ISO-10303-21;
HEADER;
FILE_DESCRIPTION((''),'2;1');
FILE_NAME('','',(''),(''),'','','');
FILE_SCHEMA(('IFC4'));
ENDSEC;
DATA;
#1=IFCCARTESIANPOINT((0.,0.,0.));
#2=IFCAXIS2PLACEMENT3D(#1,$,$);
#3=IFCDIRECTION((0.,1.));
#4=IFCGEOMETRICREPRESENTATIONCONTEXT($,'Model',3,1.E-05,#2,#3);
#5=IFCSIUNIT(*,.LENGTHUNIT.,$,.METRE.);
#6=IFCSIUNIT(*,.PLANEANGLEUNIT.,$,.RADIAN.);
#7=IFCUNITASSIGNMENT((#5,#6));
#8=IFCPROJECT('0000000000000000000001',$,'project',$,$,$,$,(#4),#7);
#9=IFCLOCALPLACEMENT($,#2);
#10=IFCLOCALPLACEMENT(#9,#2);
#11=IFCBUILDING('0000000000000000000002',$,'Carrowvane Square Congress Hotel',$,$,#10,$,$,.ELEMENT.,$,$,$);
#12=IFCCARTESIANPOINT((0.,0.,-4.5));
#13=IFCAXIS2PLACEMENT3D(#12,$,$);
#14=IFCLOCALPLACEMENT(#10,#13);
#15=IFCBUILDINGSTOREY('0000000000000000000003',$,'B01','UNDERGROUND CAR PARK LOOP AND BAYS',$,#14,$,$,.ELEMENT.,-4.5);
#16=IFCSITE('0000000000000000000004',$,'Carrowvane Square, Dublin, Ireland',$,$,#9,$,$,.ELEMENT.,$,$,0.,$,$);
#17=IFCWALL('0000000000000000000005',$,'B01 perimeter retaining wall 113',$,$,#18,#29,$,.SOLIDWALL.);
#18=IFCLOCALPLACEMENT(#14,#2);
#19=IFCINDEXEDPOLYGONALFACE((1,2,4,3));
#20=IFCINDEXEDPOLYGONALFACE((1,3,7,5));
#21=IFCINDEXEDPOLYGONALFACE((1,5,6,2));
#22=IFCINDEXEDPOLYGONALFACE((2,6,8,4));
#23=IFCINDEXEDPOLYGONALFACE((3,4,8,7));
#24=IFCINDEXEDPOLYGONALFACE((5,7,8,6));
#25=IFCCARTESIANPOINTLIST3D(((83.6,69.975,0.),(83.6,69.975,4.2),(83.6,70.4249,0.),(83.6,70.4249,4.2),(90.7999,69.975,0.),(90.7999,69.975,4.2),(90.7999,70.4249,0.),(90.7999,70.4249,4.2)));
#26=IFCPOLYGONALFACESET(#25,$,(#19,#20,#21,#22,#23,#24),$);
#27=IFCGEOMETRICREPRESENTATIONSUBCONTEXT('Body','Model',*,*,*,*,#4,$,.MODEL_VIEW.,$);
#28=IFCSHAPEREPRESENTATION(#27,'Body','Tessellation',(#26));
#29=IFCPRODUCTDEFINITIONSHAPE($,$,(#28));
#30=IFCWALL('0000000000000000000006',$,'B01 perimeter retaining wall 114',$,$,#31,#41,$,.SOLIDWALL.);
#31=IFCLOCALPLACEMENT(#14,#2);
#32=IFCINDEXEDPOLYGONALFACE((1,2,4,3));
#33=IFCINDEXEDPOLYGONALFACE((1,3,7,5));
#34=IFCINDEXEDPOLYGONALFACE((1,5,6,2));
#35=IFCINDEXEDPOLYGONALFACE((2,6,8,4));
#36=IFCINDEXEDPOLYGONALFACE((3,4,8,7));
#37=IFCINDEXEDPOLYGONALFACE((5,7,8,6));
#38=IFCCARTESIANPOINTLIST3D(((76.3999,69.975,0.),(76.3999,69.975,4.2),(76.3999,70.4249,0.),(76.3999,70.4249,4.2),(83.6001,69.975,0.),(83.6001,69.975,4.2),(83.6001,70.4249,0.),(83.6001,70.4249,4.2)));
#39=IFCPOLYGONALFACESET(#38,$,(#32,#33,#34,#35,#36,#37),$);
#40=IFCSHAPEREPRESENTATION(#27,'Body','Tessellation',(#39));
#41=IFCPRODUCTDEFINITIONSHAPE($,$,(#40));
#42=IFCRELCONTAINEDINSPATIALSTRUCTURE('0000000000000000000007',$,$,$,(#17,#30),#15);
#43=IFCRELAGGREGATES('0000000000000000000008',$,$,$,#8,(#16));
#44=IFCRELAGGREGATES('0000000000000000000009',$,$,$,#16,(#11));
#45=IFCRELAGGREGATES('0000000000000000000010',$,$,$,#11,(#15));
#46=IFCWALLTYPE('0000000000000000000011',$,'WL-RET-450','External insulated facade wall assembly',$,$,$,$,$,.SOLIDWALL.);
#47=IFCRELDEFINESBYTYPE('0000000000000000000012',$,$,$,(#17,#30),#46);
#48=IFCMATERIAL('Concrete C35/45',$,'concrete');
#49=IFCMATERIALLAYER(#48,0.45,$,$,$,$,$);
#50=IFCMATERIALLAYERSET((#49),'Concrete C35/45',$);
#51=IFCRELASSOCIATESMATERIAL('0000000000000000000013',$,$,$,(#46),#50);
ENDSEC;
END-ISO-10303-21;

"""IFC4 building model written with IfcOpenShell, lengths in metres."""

from ifc_helpers import new_model, si_unit, direction, frame, frame_2d, origin, place, context, subcontext, project, spatial, rectangle, extrude, material, layer, layer_set, type_object, element, save


model = new_model("IFC4")

# Units and contexts
model_context = context("Model", 3, precision=1e-05, world=origin(), true_north=direction((0.0, 1.0)))
body_context = subcontext(model_context, "Body", "Model", "MODEL_VIEW")
ifc_project = project(units=[si_unit("LENGTHUNIT", "METRE"), si_unit("PLANEANGLEUNIT", "RADIAN")], contexts=[model_context])

# Site, building, storey
site_placement = place(None, origin())
site = spatial("IfcSite", under=ifc_project, at=site_placement, Name="Carrowvane Square, Dublin, Ireland", CompositionType="ELEMENT", RefElevation=0.0)
building_placement = place(site_placement, origin())
building = spatial("IfcBuilding", under=site, at=building_placement, Name="Carrowvane Square Congress Hotel", CompositionType="ELEMENT")
storey_placement = place(building_placement, frame((0.0, 0.0, -4.5)))
storey = spatial("IfcBuildingStorey", under=building, at=storey_placement, Name="B01", Description="UNDERGROUND CAR PARK LOOP AND BAYS", CompositionType="ELEMENT", Elevation=-4.5)

# Walls
ifc_material_1 = material(Name="Concrete C35/45", Category="concrete")
ifc_layer = layer(ifc_material_1, 0.45)
ifc_layer_set = layer_set([ifc_layer], Name="Concrete C35/45")
wall_type = type_object("IfcWallType", Name="WL-RET-450", Description="External insulated facade wall assembly", PredefinedType="SOLIDWALL", material=ifc_layer_set)
wall_1_placement = place(storey_placement, frame((90.8, 70.2, 0.0), z_axis=(0.0, 0.0, 1.0), x_axis=(-1.0, 0.0, 0.0)))
element("IfcWall", 1, at=wall_1_placement, inside=storey, type_object=wall_type, Name="B01 perimeter retaining wall 113", PredefinedType="SOLIDWALL", context=body_context, shape_type="SweptSolid", body=[
    extrude(rectangle(XDim=7.2, YDim=0.45, at=frame_2d((3.6001, 0.0))), origin(), (0.0, 0.0, 1.0), 4.2),
])
wall_2_placement = place(storey_placement, frame((83.6001, 70.2, 0.0), z_axis=(0.0, 0.0, 1.0), x_axis=(-1.0, 0.0, 0.0)))
element("IfcWall", 2, at=wall_2_placement, inside=storey, type_object=wall_type, Name="B01 perimeter retaining wall 114", PredefinedType="SOLIDWALL", context=body_context, shape_type="SweptSolid", body=[
    extrude(rectangle(XDim=7.2002, YDim=0.45, at=frame_2d((3.6001, 0.0))), origin(), (0.0, 0.0, 1.0), 4.2),
])

save(model, "model.ifc")
